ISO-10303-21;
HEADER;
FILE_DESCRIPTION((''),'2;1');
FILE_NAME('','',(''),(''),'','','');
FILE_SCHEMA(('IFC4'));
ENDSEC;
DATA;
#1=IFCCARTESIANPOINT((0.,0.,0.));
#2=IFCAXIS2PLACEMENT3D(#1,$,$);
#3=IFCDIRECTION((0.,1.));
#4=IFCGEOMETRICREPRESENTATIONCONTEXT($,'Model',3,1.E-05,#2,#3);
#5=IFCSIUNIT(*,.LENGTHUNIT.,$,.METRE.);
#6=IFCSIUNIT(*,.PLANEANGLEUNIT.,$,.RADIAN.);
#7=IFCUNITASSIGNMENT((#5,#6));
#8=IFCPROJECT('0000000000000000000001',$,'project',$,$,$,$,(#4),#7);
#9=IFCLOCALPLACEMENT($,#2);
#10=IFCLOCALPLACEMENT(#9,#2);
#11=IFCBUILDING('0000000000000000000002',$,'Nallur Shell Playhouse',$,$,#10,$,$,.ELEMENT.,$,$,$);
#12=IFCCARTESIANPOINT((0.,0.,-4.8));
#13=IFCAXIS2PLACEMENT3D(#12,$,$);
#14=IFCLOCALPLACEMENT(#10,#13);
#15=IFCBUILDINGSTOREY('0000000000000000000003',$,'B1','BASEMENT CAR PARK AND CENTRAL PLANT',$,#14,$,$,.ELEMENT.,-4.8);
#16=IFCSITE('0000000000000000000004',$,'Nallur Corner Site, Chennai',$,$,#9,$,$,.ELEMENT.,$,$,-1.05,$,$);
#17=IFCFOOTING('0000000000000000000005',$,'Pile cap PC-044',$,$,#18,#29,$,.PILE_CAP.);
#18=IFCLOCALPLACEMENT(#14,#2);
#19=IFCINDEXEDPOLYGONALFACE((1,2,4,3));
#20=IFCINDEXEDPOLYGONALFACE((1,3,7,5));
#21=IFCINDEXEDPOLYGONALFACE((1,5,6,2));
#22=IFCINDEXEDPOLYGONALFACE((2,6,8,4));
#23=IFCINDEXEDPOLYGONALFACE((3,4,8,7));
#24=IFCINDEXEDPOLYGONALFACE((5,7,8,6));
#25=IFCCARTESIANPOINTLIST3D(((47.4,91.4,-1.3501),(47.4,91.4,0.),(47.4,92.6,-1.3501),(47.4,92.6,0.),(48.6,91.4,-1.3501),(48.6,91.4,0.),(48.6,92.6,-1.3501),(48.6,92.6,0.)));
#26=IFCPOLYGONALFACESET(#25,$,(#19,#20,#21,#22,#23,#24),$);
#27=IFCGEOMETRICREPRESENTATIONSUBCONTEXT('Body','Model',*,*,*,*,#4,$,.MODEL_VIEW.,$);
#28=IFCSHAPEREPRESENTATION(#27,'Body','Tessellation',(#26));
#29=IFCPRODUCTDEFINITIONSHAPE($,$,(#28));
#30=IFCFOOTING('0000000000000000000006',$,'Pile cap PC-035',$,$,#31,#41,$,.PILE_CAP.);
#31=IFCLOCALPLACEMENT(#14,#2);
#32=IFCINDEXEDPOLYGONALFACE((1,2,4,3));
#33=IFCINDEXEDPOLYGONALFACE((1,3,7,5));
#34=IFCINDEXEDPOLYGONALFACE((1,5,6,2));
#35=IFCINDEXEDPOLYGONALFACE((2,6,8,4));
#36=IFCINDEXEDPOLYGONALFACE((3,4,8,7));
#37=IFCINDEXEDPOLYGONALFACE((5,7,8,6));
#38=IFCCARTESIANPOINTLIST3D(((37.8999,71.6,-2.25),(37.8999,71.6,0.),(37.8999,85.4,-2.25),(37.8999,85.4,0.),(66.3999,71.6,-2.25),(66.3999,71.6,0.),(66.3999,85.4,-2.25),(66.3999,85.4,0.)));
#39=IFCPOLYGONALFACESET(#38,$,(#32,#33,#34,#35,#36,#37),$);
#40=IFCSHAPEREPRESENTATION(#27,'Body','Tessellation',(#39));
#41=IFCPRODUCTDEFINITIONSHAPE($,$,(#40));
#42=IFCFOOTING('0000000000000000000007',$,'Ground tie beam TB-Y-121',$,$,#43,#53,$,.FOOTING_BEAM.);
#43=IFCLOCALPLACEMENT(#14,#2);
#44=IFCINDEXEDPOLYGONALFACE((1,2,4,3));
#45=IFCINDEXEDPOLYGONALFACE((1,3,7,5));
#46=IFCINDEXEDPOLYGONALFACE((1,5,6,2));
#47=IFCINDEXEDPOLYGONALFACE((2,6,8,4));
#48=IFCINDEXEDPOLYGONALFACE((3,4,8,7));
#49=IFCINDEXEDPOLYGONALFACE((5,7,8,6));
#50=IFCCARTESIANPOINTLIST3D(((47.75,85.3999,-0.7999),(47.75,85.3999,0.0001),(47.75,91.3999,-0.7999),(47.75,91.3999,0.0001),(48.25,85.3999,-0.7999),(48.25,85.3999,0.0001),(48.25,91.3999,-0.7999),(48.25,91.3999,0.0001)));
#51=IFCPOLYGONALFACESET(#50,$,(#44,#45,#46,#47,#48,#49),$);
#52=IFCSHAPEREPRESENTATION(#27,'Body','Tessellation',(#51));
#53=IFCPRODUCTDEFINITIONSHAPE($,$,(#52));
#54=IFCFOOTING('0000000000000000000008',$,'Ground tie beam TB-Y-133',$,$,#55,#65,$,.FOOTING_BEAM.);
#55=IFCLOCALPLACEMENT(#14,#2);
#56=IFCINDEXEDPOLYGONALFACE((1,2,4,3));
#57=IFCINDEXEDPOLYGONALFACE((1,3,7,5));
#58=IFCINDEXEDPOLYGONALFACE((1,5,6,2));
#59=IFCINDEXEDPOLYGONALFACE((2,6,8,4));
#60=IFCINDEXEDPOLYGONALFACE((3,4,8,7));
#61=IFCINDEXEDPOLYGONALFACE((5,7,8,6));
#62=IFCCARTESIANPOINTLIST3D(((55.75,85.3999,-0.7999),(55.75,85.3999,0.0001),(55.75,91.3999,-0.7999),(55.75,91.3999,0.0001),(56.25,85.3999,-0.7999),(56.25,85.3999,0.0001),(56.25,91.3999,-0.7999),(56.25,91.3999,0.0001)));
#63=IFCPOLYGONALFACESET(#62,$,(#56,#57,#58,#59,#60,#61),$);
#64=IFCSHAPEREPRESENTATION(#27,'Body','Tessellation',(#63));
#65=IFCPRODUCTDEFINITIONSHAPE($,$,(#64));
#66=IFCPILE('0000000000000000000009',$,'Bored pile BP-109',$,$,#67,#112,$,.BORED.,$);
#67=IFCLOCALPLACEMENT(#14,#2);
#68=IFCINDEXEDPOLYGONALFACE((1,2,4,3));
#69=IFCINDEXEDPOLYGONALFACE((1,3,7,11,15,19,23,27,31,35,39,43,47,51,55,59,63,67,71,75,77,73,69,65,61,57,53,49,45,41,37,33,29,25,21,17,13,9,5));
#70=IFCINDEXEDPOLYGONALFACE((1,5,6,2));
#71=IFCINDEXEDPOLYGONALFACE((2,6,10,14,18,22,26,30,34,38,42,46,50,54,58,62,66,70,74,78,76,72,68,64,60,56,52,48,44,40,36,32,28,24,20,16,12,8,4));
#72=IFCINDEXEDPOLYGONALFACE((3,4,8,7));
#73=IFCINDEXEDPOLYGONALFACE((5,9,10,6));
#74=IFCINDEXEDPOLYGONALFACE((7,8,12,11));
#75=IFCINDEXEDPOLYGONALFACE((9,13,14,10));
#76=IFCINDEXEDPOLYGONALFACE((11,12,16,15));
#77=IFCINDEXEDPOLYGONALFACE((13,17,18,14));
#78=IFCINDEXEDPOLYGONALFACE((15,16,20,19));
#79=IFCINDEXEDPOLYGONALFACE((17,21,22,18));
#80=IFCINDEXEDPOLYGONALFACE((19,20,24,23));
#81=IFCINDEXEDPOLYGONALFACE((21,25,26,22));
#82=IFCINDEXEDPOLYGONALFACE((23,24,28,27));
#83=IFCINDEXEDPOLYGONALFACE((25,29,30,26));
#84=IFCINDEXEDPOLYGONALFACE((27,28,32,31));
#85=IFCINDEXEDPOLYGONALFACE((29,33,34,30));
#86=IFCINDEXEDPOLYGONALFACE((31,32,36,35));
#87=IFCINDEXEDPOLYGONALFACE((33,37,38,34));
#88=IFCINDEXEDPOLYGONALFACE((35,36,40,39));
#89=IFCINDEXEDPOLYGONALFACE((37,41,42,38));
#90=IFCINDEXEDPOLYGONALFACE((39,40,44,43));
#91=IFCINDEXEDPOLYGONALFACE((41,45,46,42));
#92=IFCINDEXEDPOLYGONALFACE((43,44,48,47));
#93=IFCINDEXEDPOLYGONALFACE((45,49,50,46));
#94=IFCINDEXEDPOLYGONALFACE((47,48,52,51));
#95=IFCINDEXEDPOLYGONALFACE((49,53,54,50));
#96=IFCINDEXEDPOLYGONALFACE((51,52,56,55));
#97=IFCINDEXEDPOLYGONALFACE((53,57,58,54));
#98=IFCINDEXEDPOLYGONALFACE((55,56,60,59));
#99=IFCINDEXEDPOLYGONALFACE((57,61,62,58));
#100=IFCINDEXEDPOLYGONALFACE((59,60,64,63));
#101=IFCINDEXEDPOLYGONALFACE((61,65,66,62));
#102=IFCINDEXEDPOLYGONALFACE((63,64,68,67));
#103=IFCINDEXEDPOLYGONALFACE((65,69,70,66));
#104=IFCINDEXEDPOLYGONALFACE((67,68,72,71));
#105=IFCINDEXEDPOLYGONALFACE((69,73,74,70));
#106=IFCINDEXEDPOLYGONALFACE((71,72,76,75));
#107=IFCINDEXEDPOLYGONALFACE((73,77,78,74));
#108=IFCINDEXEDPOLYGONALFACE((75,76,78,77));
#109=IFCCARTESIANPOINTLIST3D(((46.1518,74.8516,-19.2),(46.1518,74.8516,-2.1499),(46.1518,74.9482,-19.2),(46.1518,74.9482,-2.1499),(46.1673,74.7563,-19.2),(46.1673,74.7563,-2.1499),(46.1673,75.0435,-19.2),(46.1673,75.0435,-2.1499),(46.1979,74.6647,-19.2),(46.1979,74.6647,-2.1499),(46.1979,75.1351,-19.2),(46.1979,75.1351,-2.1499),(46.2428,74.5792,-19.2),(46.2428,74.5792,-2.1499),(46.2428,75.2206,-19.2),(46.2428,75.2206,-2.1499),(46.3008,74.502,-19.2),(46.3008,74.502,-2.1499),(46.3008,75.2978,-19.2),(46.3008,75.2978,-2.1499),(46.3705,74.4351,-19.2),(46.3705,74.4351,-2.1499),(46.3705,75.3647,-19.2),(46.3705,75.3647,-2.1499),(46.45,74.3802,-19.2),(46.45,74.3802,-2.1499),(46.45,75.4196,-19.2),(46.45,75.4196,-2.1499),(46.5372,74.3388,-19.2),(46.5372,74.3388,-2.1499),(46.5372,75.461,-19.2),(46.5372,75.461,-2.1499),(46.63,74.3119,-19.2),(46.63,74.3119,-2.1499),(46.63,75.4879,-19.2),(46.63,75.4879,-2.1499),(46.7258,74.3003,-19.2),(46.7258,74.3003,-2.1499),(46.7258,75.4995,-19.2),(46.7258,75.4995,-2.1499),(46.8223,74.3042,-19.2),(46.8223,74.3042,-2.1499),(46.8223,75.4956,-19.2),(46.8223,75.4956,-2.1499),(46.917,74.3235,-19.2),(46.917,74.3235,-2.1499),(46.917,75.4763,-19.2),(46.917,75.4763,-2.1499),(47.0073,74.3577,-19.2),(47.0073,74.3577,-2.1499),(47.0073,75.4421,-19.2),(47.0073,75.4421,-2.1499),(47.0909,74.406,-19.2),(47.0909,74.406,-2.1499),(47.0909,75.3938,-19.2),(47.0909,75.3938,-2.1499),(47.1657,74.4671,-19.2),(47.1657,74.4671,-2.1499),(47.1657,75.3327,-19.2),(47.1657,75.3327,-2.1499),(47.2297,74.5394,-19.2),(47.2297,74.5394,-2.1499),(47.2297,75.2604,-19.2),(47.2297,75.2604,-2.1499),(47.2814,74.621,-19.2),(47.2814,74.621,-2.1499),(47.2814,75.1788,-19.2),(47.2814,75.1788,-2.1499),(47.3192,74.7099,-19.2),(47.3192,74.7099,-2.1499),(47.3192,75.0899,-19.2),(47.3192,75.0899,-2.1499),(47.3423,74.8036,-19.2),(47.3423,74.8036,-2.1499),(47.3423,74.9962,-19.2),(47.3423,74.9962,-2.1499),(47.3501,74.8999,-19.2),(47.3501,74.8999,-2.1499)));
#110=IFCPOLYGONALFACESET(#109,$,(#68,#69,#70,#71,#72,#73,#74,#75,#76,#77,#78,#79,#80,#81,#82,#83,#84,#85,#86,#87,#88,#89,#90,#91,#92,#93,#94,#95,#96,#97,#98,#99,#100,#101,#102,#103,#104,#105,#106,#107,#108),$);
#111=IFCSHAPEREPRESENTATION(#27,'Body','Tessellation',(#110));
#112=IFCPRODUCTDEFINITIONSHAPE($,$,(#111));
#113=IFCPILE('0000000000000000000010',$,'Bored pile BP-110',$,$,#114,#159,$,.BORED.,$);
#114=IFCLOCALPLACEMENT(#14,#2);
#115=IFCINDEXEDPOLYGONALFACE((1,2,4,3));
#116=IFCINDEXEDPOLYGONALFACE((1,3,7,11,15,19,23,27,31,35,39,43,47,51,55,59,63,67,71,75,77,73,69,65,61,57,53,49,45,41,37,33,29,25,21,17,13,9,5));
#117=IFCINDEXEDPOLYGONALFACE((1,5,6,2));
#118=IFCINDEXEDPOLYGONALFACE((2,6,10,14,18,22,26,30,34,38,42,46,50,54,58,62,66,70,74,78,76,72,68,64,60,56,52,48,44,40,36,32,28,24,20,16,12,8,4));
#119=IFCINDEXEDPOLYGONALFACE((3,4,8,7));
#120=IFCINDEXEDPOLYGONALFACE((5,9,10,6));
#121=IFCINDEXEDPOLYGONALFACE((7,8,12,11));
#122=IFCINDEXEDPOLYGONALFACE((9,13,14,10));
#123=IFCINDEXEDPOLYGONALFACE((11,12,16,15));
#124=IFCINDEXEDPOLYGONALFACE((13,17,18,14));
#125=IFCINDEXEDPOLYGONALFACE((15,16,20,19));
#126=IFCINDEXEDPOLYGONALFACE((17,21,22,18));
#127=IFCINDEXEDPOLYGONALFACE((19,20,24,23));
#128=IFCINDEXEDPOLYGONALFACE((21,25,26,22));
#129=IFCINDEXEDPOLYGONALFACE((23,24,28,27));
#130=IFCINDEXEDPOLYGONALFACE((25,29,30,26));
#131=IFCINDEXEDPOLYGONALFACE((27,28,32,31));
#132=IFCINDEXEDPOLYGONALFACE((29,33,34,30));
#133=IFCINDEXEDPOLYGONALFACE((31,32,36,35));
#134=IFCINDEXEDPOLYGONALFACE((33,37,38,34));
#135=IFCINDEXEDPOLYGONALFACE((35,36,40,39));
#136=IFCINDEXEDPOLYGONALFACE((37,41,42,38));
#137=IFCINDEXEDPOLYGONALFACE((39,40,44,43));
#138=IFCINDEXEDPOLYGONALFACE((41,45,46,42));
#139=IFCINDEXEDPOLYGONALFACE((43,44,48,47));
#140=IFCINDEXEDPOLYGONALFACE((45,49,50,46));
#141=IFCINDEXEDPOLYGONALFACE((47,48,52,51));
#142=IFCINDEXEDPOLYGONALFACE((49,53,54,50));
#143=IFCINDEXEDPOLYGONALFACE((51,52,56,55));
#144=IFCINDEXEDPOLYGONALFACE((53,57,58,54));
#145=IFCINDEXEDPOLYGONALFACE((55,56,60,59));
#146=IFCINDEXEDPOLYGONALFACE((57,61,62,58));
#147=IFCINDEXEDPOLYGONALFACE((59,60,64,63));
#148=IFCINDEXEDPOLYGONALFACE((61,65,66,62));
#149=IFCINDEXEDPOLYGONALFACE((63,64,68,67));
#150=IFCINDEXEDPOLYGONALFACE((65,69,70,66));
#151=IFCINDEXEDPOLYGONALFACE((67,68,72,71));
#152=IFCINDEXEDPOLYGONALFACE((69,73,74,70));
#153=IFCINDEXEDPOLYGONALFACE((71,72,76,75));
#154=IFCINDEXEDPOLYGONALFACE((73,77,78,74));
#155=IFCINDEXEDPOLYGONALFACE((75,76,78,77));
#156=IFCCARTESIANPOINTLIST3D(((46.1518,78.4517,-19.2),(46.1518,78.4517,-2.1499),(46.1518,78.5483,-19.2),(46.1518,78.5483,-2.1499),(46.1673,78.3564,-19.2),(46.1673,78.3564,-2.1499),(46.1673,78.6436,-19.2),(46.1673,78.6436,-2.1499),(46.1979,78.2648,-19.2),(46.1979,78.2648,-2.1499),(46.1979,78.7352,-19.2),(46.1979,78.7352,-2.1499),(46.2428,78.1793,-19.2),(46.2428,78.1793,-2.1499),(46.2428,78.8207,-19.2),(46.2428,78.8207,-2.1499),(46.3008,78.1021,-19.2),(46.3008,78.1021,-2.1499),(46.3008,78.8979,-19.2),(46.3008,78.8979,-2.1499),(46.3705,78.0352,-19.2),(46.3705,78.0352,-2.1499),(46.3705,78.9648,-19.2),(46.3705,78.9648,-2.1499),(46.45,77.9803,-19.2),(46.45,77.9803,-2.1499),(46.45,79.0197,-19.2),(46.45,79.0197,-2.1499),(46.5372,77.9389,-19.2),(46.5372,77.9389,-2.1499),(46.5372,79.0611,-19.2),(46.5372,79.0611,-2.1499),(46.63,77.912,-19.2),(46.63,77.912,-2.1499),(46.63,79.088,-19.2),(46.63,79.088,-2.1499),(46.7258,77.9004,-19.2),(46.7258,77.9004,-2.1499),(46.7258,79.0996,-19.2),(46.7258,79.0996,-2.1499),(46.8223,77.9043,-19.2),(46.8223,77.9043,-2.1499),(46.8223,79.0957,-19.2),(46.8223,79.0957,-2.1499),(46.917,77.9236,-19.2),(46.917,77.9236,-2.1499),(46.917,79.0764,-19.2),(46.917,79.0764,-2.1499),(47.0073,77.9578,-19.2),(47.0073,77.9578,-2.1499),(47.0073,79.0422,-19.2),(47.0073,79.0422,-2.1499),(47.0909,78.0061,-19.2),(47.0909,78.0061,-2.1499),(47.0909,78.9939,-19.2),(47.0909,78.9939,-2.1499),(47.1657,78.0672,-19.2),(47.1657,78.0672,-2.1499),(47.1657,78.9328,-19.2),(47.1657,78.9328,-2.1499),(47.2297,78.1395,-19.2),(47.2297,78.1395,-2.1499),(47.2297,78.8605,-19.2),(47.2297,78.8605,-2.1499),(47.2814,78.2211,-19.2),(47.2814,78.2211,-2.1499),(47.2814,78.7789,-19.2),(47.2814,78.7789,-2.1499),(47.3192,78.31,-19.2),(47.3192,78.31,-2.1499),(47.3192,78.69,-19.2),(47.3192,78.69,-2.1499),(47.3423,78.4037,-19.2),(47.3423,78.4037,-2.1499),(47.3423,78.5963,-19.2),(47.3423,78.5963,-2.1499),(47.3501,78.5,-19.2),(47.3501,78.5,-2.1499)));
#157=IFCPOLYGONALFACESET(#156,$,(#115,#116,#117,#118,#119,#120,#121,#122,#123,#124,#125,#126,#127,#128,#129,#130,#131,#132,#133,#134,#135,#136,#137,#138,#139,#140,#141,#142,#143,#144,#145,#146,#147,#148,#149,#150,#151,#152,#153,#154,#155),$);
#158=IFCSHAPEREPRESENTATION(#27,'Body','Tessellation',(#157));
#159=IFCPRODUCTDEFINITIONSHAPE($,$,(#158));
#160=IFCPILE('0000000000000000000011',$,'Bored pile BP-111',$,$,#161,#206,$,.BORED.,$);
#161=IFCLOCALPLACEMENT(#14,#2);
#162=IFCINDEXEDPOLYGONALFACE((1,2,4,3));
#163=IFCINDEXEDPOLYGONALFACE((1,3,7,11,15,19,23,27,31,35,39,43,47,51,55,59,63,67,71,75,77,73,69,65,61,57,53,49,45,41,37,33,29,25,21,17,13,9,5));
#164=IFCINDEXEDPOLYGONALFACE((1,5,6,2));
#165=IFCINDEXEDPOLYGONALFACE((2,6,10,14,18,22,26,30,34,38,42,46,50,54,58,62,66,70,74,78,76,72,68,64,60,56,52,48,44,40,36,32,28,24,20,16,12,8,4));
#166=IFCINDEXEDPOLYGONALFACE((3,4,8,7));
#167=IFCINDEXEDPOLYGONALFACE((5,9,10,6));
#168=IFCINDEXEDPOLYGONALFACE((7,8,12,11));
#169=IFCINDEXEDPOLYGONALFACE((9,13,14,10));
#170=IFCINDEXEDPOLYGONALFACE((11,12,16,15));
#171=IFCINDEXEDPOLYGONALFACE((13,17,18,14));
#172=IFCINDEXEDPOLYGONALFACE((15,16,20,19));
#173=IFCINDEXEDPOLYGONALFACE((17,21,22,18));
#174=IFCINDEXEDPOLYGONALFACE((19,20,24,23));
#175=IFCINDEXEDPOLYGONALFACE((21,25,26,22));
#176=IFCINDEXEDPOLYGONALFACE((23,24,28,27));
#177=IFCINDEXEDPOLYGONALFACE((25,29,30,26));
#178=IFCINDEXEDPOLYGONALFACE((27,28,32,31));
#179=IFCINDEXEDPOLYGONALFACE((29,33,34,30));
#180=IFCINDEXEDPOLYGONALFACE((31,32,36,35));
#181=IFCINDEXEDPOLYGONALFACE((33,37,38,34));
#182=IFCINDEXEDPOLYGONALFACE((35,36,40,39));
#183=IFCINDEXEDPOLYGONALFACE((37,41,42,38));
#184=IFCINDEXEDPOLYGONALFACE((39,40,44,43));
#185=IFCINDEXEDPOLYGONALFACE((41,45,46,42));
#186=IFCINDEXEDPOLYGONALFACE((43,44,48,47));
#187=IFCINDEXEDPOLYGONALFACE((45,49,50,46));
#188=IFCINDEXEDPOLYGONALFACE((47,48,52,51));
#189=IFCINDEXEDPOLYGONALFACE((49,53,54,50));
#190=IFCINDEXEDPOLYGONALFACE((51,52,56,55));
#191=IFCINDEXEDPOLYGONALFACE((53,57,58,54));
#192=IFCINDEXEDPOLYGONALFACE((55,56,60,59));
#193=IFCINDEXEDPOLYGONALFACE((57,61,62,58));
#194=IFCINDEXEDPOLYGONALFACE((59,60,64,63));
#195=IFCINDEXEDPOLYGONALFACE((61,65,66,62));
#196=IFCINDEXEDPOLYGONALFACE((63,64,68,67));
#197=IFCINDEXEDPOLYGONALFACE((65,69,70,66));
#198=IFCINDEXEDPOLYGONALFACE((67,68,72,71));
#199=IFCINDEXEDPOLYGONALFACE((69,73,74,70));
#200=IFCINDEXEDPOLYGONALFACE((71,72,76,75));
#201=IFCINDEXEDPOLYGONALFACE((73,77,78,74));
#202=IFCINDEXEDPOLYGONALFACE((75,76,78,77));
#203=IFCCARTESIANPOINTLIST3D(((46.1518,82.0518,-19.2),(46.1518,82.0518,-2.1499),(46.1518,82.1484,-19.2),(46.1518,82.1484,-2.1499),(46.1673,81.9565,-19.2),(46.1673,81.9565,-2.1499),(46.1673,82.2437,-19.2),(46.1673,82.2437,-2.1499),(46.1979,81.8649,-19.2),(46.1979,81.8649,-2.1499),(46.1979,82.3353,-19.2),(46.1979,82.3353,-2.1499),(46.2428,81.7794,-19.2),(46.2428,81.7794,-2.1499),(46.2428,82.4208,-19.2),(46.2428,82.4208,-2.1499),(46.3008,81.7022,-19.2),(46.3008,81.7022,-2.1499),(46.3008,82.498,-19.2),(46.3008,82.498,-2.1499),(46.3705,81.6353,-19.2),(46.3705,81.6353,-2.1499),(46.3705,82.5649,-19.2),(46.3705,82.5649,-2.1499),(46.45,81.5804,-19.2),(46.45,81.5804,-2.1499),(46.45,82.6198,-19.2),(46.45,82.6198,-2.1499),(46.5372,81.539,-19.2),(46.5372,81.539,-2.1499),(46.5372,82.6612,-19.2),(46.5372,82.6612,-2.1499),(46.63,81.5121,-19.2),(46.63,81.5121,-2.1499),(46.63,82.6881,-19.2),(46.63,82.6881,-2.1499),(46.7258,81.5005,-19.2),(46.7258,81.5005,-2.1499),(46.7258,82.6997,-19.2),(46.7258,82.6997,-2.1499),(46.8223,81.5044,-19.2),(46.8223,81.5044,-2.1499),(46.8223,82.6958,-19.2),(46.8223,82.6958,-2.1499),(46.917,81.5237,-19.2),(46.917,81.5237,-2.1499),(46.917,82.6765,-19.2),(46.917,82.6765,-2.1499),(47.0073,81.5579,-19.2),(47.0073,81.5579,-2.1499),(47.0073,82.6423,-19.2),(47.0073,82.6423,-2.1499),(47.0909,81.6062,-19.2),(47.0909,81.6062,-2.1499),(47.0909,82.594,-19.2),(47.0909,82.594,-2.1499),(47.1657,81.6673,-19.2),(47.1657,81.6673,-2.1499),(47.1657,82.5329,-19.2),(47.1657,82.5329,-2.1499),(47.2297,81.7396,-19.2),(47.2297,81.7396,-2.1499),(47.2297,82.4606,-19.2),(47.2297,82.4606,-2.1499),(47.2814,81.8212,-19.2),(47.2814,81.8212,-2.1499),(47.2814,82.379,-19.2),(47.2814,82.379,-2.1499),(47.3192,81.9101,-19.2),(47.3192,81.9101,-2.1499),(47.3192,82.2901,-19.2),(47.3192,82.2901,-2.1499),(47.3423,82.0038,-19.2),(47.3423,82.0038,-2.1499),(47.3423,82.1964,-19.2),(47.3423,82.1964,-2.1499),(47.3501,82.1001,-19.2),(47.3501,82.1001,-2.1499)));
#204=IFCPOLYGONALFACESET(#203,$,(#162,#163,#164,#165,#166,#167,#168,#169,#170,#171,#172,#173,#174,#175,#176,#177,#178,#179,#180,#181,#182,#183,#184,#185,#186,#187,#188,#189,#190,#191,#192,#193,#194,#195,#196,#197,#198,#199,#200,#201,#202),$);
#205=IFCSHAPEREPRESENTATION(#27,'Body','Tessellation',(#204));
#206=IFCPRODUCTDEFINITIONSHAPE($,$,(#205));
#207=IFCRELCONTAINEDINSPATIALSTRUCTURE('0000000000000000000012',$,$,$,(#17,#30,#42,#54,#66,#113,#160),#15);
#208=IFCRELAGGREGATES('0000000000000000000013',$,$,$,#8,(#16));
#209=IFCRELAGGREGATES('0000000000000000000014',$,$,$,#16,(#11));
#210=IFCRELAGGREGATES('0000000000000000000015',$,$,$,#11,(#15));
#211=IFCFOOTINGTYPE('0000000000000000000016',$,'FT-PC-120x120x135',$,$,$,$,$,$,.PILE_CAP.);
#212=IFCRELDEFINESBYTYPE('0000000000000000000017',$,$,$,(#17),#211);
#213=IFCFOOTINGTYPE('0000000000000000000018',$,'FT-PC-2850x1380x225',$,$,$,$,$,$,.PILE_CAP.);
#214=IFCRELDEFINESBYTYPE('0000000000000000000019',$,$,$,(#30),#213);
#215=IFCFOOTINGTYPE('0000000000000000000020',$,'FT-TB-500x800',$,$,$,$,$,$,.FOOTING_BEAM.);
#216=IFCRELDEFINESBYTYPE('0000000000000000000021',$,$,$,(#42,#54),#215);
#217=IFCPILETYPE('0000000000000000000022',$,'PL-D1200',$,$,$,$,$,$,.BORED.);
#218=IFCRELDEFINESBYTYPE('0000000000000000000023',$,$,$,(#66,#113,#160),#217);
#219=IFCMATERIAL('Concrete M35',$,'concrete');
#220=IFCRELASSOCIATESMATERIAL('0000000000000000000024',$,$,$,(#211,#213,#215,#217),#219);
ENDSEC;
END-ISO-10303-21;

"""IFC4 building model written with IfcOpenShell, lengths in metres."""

from ifc_helpers import new_model, si_unit, direction, frame, origin, origin_2d, place, context, subcontext, project, spatial, rectangle, circle, extrude, material, material_profile, profile_set, type_object, element, save


model = new_model("IFC4")

# Units and contexts
model_context = context("Model", 3, precision=1e-05, world=origin(), true_north=direction((0.0, 1.0)))
body_context = subcontext(model_context, "Body", "Model", "MODEL_VIEW")
ifc_project = project(units=[si_unit("LENGTHUNIT", "METRE"), si_unit("PLANEANGLEUNIT", "RADIAN")], contexts=[model_context])

# Site, building, storey
site_placement = place(None, origin())
site = spatial("IfcSite", under=ifc_project, at=site_placement, Name="Nallur Corner Site, Chennai", CompositionType="ELEMENT", RefElevation=-1.05)
building_placement = place(site_placement, origin())
building = spatial("IfcBuilding", under=site, at=building_placement, Name="Nallur Shell Playhouse", CompositionType="ELEMENT")
storey_placement = place(building_placement, frame((0.0, 0.0, -4.8)))
storey = spatial("IfcBuildingStorey", under=building, at=storey_placement, Name="B1", Description="BASEMENT CAR PARK AND CENTRAL PLANT", CompositionType="ELEMENT", Elevation=-4.8)

# Footings
ifc_material_1 = material(Name="Concrete M35", Category="concrete")
footing_type_1 = type_object("IfcFootingType", Name="FT-PC-120x120x135", PredefinedType="PILE_CAP", material=ifc_material_1)
footing_1_placement = place(storey_placement, frame((48.0, 92.0, -1.3501), z_axis=(0.0, 0.0, 1.0), x_axis=(1.0, 0.0, 0.0)))
element("IfcFooting", 1, at=footing_1_placement, inside=storey, type_object=footing_type_1, Name="Pile cap PC-044", PredefinedType="PILE_CAP", context=body_context, shape_type="SweptSolid", body=[
    extrude(rectangle(XDim=1.2, YDim=1.2, at=origin_2d()), origin(), (0.0, 0.0, 1.0), 1.3501),
])
footing_type_2 = type_object("IfcFootingType", Name="FT-PC-2850x1380x225", PredefinedType="PILE_CAP", material=ifc_material_1)
footing_2_placement = place(storey_placement, frame((52.1499, 78.5, -2.25), z_axis=(0.0, 0.0, 1.0), x_axis=(1.0, 0.0, 0.0)))
element("IfcFooting", 2, at=footing_2_placement, inside=storey, type_object=footing_type_2, Name="Pile cap PC-035", PredefinedType="PILE_CAP", context=body_context, shape_type="SweptSolid", body=[
    extrude(rectangle(XDim=28.5, YDim=13.8, at=origin_2d()), origin(), (0.0, 0.0, 1.0), 2.25),
])
ifc_material_profile_1 = material_profile(ifc_material_1, rectangle(XDim=0.5, YDim=0.8, at=origin_2d()), Name="RC 500x800")
ifc_profile_set_1 = profile_set([ifc_material_profile_1], Name="Concrete M35")
footing_type_3 = type_object("IfcFootingType", Name="FT-TB-500x800", PredefinedType="FOOTING_BEAM", material=ifc_profile_set_1)
for number, where, z_axis, x_axis, name in (
    (3, (48.0, 85.3999, -0.3999), (0.0, 1.0, 0.0), (-1.0, 0.0, 0.0), "Ground tie beam TB-Y-121"),
    (4, (56.0, 85.3999, -0.3999), (0.0, 1.0, 0.0), (-1.0, 0.0, 0.0), "Ground tie beam TB-Y-133"),
):
    element("IfcFooting", number, at=place(storey_placement, frame(where, z_axis=z_axis, x_axis=x_axis)), inside=storey, type_object=footing_type_3, Name=name, PredefinedType="FOOTING_BEAM", context=body_context, shape_type="SweptSolid", body=[
        extrude(rectangle(XDim=0.5, YDim=0.8, at=origin_2d()), origin(), (0.0, 0.0, 1.0), 6.0),
    ])

# Piles
ifc_material_profile_2 = material_profile(ifc_material_1, circle(Radius=0.6001, at=origin_2d()), Name="BORED PILE D1200")
ifc_profile_set_2 = profile_set([ifc_material_profile_2], Name="Concrete M35")
pile_type = type_object("IfcPileType", Name="PL-D1200", PredefinedType="BORED", material=ifc_profile_set_2)
for number, where, z_axis, x_axis, name in (
    (5, (46.75, 74.8999, -2.1499), (0.0, 0.0, -1.0), (1.0, 0.0, 0.0), "Bored pile BP-109"),
    (6, (46.75, 78.5, -2.1499), (0.0, 0.0, -1.0), (1.0, 0.0, 0.0), "Bored pile BP-110"),
    (7, (46.75, 82.1001, -2.1499), (0.0, 0.0, -1.0), (1.0, 0.0, 0.0), "Bored pile BP-111"),
):
    element("IfcPile", number, at=place(storey_placement, frame(where, z_axis=z_axis, x_axis=x_axis)), inside=storey, type_object=pile_type, Name=name, PredefinedType="BORED", context=body_context, shape_type="SweptSolid", body=[
        extrude(circle(Radius=0.6001, at=origin_2d()), origin(), (0.0, 0.0, 1.0), 17.05),
    ])

save(model, "model.ifc")
